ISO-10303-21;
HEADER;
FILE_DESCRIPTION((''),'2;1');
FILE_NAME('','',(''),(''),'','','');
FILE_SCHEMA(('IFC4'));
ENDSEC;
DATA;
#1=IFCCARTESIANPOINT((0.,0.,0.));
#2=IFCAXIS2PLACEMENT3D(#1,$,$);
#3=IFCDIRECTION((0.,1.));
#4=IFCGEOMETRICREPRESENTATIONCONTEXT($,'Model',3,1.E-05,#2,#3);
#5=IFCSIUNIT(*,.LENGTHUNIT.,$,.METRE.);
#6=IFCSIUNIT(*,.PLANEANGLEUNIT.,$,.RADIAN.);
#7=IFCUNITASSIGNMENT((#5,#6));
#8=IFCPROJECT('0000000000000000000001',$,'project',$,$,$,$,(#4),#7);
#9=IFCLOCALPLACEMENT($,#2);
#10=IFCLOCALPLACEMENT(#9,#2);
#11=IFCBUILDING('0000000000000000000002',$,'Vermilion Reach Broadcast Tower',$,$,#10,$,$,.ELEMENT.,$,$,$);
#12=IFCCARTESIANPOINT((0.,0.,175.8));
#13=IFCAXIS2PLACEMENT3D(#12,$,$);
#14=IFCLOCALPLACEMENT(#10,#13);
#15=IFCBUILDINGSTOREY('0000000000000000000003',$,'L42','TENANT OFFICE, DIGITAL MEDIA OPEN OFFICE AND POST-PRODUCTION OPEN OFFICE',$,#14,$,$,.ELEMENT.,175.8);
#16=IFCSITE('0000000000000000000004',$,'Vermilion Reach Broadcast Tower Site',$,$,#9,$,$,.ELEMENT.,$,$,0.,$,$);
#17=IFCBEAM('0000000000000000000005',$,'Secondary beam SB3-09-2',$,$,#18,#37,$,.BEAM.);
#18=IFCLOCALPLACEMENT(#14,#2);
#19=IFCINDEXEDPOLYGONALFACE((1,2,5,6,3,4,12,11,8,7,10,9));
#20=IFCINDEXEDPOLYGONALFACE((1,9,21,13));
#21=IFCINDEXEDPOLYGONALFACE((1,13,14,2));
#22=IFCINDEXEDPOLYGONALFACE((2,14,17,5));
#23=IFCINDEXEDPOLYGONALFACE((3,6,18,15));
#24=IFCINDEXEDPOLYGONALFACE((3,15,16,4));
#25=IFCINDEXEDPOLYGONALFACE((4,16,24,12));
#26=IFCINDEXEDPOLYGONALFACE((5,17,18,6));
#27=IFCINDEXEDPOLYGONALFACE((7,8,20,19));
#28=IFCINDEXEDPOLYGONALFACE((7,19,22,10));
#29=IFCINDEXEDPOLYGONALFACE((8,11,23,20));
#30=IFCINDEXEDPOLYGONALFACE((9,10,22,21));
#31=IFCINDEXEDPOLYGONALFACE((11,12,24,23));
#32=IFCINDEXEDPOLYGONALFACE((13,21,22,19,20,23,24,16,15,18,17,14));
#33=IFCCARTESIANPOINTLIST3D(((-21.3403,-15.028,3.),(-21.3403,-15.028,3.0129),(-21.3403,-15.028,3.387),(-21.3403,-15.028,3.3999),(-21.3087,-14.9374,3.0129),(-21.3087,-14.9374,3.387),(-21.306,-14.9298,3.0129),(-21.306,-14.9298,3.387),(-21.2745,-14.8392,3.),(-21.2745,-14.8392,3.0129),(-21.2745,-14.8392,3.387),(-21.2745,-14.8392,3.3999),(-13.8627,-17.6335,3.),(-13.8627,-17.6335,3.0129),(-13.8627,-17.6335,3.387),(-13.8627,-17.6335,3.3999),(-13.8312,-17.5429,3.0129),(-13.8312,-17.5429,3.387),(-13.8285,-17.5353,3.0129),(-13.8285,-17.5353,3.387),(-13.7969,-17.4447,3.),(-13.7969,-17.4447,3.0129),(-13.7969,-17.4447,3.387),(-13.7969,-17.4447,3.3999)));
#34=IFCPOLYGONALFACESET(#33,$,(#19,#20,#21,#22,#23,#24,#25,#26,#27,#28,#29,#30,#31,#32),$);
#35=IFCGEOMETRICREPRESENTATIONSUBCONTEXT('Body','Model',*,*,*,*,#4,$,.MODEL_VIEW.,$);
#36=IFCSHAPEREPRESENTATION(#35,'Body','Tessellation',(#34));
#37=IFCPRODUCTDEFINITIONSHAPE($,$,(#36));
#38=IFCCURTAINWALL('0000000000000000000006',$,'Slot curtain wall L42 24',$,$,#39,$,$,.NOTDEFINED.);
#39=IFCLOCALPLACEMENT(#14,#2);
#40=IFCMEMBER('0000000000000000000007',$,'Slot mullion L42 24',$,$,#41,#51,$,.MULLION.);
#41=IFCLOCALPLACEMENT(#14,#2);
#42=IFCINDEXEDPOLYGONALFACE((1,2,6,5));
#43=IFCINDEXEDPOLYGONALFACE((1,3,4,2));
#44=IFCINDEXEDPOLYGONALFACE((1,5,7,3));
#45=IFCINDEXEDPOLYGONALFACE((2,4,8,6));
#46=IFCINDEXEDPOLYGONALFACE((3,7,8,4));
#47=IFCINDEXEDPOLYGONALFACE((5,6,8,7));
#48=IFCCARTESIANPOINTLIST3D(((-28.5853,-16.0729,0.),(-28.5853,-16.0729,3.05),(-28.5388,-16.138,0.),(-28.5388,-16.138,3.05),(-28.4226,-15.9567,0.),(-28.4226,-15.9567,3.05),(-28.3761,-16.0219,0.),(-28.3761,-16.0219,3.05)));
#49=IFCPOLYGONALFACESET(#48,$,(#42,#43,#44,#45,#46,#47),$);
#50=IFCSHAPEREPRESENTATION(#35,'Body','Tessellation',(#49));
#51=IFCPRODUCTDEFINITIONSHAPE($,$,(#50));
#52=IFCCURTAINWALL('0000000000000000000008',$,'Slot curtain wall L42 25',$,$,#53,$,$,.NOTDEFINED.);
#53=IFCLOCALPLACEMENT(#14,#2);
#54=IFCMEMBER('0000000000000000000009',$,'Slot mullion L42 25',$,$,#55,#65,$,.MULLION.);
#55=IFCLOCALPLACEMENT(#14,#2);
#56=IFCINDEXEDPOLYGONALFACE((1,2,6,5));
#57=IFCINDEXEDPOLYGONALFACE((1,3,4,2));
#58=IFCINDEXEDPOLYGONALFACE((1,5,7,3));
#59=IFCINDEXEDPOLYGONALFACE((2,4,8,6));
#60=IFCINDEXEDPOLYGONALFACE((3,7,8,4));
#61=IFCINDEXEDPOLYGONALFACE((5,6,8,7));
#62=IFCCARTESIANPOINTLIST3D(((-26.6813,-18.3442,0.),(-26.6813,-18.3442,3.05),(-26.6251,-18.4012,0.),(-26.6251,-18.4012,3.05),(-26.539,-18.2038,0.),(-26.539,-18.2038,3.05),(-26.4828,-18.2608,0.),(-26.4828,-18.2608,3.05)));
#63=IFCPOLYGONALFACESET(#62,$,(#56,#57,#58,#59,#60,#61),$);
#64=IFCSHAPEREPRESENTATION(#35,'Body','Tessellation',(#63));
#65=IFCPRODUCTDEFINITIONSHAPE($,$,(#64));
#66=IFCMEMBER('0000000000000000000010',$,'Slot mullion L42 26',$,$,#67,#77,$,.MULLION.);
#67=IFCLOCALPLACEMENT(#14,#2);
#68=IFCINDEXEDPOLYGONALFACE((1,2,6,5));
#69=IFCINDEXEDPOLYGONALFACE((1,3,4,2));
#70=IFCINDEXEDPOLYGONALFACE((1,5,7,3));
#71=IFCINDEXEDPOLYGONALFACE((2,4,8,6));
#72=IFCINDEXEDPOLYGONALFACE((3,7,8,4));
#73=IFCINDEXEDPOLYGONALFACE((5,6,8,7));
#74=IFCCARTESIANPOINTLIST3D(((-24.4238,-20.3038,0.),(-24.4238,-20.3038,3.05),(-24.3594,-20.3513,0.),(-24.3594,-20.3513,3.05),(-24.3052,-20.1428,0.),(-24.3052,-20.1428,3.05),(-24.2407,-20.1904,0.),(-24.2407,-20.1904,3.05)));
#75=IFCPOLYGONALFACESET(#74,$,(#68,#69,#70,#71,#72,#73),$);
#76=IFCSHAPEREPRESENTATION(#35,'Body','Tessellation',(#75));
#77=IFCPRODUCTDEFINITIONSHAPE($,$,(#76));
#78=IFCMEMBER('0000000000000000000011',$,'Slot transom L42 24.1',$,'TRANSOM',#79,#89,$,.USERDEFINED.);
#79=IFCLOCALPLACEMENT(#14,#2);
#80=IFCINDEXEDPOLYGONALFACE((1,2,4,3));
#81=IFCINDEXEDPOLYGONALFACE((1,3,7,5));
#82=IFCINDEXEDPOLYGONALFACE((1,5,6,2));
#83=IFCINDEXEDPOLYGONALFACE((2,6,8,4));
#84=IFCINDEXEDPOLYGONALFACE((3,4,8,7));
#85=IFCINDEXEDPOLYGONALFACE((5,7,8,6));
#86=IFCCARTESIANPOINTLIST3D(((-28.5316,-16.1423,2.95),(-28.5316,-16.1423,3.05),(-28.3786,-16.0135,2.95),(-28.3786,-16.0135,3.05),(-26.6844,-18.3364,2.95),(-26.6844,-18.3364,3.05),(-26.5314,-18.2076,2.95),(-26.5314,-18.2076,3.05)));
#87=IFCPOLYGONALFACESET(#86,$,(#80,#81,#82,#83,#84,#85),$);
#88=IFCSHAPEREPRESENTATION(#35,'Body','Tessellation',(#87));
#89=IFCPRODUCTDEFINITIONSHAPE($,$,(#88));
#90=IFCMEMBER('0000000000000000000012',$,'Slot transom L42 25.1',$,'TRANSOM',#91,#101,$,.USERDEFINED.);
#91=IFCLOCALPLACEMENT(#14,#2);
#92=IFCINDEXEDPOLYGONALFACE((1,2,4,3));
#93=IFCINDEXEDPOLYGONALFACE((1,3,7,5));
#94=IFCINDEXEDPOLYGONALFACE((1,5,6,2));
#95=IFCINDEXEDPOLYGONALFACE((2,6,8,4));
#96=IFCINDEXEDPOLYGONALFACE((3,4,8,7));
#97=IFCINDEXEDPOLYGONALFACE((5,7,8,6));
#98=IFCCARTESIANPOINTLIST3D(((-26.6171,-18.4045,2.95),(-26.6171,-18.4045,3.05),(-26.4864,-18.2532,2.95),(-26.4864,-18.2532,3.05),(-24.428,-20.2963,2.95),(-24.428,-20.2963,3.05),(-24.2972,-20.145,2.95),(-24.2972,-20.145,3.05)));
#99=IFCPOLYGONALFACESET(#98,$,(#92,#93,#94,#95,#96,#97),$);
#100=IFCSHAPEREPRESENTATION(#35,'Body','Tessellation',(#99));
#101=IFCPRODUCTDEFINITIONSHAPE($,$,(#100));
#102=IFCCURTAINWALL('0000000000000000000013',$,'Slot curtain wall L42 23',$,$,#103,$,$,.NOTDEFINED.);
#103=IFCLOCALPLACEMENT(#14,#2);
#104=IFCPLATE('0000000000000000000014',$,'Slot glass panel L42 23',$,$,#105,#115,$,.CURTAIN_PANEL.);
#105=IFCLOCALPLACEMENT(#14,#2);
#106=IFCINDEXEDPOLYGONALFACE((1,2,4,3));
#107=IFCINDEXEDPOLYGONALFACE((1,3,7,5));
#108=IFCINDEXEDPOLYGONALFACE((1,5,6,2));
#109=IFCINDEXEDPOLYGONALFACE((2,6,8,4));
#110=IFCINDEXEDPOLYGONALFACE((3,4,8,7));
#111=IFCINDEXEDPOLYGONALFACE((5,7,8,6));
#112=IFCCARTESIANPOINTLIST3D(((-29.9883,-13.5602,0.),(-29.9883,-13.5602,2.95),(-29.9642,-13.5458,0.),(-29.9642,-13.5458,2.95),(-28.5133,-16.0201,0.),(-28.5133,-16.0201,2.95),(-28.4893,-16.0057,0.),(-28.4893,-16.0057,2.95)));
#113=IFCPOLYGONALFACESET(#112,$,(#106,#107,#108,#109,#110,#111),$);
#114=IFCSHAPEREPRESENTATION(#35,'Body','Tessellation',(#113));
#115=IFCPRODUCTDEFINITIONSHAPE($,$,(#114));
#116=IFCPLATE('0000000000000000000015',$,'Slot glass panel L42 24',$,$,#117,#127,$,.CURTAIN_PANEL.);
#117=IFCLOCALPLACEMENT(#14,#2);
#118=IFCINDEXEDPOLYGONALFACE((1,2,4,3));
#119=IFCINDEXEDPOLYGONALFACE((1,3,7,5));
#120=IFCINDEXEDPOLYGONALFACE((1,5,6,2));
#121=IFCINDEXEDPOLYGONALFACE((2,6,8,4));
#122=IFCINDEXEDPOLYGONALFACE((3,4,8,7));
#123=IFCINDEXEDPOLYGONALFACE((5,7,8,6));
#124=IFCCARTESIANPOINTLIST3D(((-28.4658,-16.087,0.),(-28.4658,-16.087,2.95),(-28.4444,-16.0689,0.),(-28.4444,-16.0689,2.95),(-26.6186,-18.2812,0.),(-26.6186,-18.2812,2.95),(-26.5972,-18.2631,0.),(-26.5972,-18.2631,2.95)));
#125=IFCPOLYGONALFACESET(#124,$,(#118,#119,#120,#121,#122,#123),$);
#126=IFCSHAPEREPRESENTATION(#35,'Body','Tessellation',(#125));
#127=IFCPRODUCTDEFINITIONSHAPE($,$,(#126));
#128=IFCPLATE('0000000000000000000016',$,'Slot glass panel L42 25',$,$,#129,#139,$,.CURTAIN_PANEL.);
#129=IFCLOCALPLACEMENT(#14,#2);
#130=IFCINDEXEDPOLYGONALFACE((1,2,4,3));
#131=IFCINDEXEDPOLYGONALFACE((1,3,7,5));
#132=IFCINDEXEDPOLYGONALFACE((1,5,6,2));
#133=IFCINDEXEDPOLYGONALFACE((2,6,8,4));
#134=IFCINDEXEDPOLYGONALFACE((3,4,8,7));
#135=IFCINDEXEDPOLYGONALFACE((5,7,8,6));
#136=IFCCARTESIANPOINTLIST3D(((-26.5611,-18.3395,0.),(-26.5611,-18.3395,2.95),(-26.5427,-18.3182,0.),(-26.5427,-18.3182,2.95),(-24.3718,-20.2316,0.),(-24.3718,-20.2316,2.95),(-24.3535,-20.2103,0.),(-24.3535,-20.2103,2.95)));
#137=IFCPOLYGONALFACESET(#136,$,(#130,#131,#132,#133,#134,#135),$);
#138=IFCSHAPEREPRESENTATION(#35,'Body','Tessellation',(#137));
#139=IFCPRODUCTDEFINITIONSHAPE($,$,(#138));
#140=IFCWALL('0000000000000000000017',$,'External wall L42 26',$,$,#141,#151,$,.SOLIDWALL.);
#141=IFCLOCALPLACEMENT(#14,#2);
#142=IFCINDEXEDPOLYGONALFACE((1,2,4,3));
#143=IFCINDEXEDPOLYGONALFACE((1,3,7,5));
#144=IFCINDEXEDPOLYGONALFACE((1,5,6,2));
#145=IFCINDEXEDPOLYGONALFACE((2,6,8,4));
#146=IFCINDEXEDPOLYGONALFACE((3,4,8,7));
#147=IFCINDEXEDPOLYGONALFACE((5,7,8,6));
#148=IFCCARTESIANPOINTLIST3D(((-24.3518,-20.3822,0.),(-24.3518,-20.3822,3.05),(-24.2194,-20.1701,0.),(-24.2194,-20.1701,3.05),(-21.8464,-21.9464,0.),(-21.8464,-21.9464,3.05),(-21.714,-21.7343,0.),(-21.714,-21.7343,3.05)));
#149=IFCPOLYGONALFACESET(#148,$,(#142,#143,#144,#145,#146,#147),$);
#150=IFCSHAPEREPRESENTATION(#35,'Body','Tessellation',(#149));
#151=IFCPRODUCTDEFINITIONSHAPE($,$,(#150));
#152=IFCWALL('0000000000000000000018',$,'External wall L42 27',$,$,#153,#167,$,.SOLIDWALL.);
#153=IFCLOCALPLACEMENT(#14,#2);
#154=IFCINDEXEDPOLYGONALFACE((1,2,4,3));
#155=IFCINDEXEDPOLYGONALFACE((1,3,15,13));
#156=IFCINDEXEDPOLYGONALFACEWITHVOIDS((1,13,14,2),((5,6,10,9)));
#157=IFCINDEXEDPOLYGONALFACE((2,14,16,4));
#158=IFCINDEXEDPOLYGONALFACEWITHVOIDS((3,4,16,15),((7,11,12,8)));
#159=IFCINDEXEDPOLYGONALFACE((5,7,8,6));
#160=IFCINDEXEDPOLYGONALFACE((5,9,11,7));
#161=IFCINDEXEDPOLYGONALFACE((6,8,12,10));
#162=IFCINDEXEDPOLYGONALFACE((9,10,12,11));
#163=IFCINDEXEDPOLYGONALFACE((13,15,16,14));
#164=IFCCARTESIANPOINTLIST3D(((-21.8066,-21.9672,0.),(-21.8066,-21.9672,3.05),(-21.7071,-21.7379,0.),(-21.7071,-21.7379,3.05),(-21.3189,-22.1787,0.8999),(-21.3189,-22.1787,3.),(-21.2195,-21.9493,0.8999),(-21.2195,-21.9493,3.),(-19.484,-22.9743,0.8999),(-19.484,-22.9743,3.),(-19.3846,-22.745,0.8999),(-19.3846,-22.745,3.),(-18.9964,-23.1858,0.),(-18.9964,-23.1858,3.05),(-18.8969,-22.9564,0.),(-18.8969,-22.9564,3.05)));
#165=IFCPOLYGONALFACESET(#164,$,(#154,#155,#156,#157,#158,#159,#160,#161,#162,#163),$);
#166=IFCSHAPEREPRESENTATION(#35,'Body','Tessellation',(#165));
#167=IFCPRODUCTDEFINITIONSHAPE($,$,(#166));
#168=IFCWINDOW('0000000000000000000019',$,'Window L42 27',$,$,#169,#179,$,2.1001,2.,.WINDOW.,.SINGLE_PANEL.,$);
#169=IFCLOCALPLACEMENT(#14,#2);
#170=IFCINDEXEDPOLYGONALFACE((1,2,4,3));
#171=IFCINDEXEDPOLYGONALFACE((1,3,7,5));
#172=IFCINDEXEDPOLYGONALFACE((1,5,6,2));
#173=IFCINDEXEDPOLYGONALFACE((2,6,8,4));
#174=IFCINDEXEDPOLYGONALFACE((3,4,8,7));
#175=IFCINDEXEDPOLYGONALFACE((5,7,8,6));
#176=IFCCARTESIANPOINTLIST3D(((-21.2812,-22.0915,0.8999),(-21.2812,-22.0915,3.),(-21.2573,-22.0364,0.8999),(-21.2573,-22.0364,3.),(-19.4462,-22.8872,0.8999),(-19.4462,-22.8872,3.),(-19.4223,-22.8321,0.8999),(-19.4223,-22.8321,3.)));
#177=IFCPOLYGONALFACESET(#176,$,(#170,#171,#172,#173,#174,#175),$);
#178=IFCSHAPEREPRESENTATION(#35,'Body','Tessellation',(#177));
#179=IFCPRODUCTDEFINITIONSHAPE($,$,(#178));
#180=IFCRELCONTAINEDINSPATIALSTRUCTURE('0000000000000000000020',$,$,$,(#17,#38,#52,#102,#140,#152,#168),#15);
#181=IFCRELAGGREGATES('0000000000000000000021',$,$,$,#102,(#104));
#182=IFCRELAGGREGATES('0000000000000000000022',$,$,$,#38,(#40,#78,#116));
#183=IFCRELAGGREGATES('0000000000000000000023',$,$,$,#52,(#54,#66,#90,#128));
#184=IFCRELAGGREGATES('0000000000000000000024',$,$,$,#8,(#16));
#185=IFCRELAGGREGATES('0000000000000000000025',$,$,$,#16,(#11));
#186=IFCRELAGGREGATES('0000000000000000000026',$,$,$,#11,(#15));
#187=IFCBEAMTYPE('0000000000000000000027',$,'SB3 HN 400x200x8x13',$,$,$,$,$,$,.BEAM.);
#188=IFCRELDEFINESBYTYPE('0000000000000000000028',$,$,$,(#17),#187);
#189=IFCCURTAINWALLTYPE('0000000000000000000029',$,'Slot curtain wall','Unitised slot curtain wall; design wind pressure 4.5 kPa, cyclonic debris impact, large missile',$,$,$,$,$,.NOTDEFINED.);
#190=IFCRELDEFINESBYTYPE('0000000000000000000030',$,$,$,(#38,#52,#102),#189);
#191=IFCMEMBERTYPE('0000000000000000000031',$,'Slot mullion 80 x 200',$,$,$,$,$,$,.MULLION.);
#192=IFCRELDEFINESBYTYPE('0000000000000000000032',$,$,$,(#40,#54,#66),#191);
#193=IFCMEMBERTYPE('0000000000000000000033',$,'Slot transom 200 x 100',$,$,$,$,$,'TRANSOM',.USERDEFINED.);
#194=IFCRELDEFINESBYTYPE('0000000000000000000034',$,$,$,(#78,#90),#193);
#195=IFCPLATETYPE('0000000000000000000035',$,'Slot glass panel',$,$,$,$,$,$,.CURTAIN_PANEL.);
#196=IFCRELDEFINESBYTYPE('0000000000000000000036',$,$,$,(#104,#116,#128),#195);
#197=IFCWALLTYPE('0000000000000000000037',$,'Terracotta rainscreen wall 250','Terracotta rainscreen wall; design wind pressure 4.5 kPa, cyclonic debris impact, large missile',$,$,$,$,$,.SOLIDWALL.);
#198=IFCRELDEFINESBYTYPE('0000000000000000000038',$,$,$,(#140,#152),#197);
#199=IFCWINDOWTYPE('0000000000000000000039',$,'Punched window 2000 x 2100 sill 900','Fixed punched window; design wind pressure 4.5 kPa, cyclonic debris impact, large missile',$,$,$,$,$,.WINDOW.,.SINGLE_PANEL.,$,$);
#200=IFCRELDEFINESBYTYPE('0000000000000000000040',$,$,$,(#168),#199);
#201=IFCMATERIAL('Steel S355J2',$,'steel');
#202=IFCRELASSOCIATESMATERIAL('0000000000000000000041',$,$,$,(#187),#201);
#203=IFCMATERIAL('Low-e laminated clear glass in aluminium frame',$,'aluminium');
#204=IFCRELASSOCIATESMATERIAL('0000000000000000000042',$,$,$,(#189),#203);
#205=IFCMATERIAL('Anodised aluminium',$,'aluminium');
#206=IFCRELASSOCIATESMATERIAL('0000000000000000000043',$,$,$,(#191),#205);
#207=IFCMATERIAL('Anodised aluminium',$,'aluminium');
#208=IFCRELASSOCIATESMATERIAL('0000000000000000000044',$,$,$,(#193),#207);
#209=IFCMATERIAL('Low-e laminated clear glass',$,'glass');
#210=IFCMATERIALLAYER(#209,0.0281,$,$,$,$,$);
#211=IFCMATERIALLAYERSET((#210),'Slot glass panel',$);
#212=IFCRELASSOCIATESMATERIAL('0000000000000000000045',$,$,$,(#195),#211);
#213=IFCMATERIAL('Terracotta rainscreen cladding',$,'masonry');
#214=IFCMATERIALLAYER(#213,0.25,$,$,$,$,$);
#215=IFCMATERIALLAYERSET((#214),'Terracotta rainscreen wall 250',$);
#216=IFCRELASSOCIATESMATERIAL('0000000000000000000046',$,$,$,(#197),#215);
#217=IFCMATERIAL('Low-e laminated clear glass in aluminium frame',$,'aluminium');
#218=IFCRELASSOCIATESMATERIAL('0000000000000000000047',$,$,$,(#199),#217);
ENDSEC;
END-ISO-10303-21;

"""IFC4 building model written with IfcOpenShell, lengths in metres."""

from ifc_helpers import new_model, si_unit, direction, frame, frame_2d, origin, origin_2d, place, context, subcontext, project, spatial, rectangle, i_section, extrude, material, layer, layer_set, material_profile, profile_set, type_object, element, fill, aggregate, save


model = new_model("IFC4")

# Units and contexts
model_context = context("Model", 3, precision=1e-05, world=origin(), true_north=direction((0.0, 1.0)))
body_context = subcontext(model_context, "Body", "Model", "MODEL_VIEW")
ifc_project = project(units=[si_unit("LENGTHUNIT", "METRE"), si_unit("PLANEANGLEUNIT", "RADIAN")], contexts=[model_context])

# Site, building, storey
site_placement = place(None, origin())
site = spatial("IfcSite", under=ifc_project, at=site_placement, Name="Vermilion Reach Broadcast Tower Site", CompositionType="ELEMENT", RefElevation=0.0)
building_placement = place(site_placement, origin())
building = spatial("IfcBuilding", under=site, at=building_placement, Name="Vermilion Reach Broadcast Tower", CompositionType="ELEMENT")
storey_placement = place(building_placement, frame((0.0, 0.0, 175.8)))
storey = spatial("IfcBuildingStorey", under=building, at=storey_placement, Name="L42", Description="TENANT OFFICE, DIGITAL MEDIA OPEN OFFICE AND POST-PRODUCTION OPEN OFFICE", CompositionType="ELEMENT", Elevation=175.8)

# Beam
ifc_material_1 = material(Name="Steel S355J2", Category="steel")
ifc_material_profile_1 = material_profile(ifc_material_1, i_section(OverallWidth=0.2, OverallDepth=0.3999, WebThickness=0.0081, FlangeThickness=0.0129, at=origin_2d()), Name="S355J2 HN 400x200x8x13")
ifc_profile_set_1 = profile_set([ifc_material_profile_1], Name="Steel S355J2")
beam_type_1 = type_object("IfcBeamType", Name="SB3 HN 400x200x8x13", PredefinedType="BEAM", material=ifc_profile_set_1)
beam_1_placement = place(storey_placement, frame((-21.3074, -14.9336, 3.2), z_axis=(0.944317, -0.329037, 0.0), x_axis=(0.329037, 0.944317, 0.0)))
element("IfcBeam", 1, at=beam_1_placement, inside=storey, type_object=beam_type_1, Name="Secondary beam SB3-09-2", PredefinedType="BEAM", context=body_context, shape_type="SweptSolid", body=[
    extrude(i_section(OverallWidth=0.2, OverallDepth=0.3999, WebThickness=0.0081, FlangeThickness=0.0129, at=origin_2d()), origin(), (0.0, 0.0, 1.0), 7.9185),
])

# Curtain wall, member
ifc_material_2 = material(Name="Low-e laminated clear glass in aluminium frame", Category="aluminium")
curtain_wall_type = type_object("IfcCurtainWallType", Name="Slot curtain wall", Description="Unitised slot curtain wall; design wind pressure 4.5 kPa, cyclonic debris impact, large missile", PredefinedType="NOTDEFINED", material=ifc_material_2)
placement = place(storey_placement, origin())
curtain_wall_1 = element("IfcCurtainWall", 2, at=placement, inside=storey, type_object=curtain_wall_type, Name="Slot curtain wall L42 24", PredefinedType="NOTDEFINED")
ifc_material_3 = material(Name="Anodised aluminium", Category="aluminium")
ifc_material_profile_2 = material_profile(ifc_material_3, rectangle(XDim=0.2, YDim=0.0801, at=origin_2d()), Name="Slot mullion 80 x 200")
ifc_profile_set_2 = profile_set([ifc_material_profile_2], Name="Anodised aluminium")
member_type_1 = type_object("IfcMemberType", Name="Slot mullion 80 x 200", PredefinedType="MULLION", material=ifc_profile_set_2)
member_1_placement = place(storey_placement, frame((-28.4807, -16.0474, 0.0), z_axis=(0.0, 0.0, 1.0), x_axis=(0.813913, 0.580987, 0.0)))
member_1 = element("IfcMember", 3, at=member_1_placement, type_object=member_type_1, Name="Slot mullion L42 24", PredefinedType="MULLION", context=body_context, shape_type="SweptSolid", body=[
    extrude(rectangle(XDim=0.2, YDim=0.0801, at=origin_2d()), origin(), (0.0, 0.0, 1.0), 3.05),
])

# Curtain wall, members
curtain_wall_2 = element("IfcCurtainWall", 4, at=placement, inside=storey, type_object=curtain_wall_type, Name="Slot curtain wall L42 25", PredefinedType="NOTDEFINED")
member_2_placement = place(storey_placement, frame((-26.582, -18.3025, 0.0), z_axis=(0.0, 0.0, 1.0), x_axis=(0.711672, 0.702512, 0.0)))
member_2 = element("IfcMember", 5, at=member_2_placement, type_object=member_type_1, Name="Slot mullion L42 25", PredefinedType="MULLION", context=body_context, shape_type="SweptSolid", body=[
    extrude(rectangle(XDim=0.2, YDim=0.0801, at=origin_2d()), origin(), (0.0, 0.0, 1.0), 3.05),
])
member_3_placement = place(storey_placement, frame((-24.3323, -20.2471, 0.0), z_axis=(0.0, 0.0, 1.0), x_axis=(0.593511, 0.804826, 0.0)))
member_3 = element("IfcMember", 6, at=member_3_placement, type_object=member_type_1, Name="Slot mullion L42 26", PredefinedType="MULLION", context=body_context, shape_type="SweptSolid", body=[
    extrude(rectangle(XDim=0.2, YDim=0.0801, at=origin_2d()), origin(), (0.0, 0.0, 1.0), 3.05),
])

# Members
ifc_material_4 = material(Name="Anodised aluminium", Category="aluminium")
ifc_material_profile_3 = material_profile(ifc_material_4, rectangle(XDim=0.2, YDim=0.1001, at=origin_2d()), Name="Slot transom 200 x 100")
ifc_profile_set_3 = profile_set([ifc_material_profile_3], Name="Anodised aluminium")
member_type_2 = type_object("IfcMemberType", Name="Slot transom 200 x 100", ElementType="TRANSOM", PredefinedType="USERDEFINED", material=ifc_profile_set_3)
member_4_placement = place(storey_placement, frame((-28.4551, -16.0779, 3.0), z_axis=(0.644036, -0.764995, 0.0), x_axis=(0.764995, 0.644036, 0.0)))
member_4 = element("IfcMember", 7, at=member_4_placement, type_object=member_type_2, Name="Slot transom L42 24.1", ObjectType="TRANSOM", PredefinedType="USERDEFINED", context=body_context, shape_type="SweptSolid", body=[
    extrude(rectangle(XDim=0.2, YDim=0.1001, at=origin_2d()), origin(), (0.0, 0.0, 1.0), 2.8682),
])
member_5_placement = place(storey_placement, frame((-26.5518, -18.3289, 3.0), z_axis=(0.756624, -0.653851, 0.0), x_axis=(0.653851, 0.756624, 0.0)))
member_5 = element("IfcMember", 8, at=member_5_placement, type_object=member_type_2, Name="Slot transom L42 25.1", ObjectType="TRANSOM", PredefinedType="USERDEFINED", context=body_context, shape_type="SweptSolid", body=[
    extrude(rectangle(XDim=0.2, YDim=0.1001, at=origin_2d()), origin(), (0.0, 0.0, 1.0), 2.8933),
])

# Curtain wall, plate
curtain_wall_3 = element("IfcCurtainWall", 9, at=placement, inside=storey, type_object=curtain_wall_type, Name="Slot curtain wall L42 23", PredefinedType="NOTDEFINED")
ifc_material_5 = material(Name="Low-e laminated clear glass", Category="glass")
ifc_layer_1 = layer(ifc_material_5, 0.0281)
ifc_layer_set_1 = layer_set([ifc_layer_1], Name="Slot glass panel")
plate_type = type_object("IfcPlateType", Name="Slot glass panel", PredefinedType="CURTAIN_PANEL", material=ifc_layer_set_1)
plate_1_placement = place(storey_placement, frame((-29.2388, -14.783, 0.0), z_axis=(0.0, 0.0, 1.0), x_axis=(0.514241, -0.857645, 0.0)))
plate_1 = element("IfcPlate", 10, at=plate_1_placement, type_object=plate_type, Name="Slot glass panel L42 23", PredefinedType="CURTAIN_PANEL", context=body_context, shape_type="SweptSolid", body=[
    extrude(rectangle(XDim=2.8682, YDim=0.0281, at=origin_2d()), origin(), (0.0, 0.0, 1.0), 2.95),
])
aggregate(curtain_wall_3, [plate_1])

# Plates
plate_2_placement = place(storey_placement, frame((-27.5315, -17.175, 0.0), z_axis=(0.0, 0.0, 1.0), x_axis=(0.644033, -0.764998, 0.0)))
plate_2 = element("IfcPlate", 11, at=plate_2_placement, type_object=plate_type, Name="Slot glass panel L42 24", PredefinedType="CURTAIN_PANEL", context=body_context, shape_type="SweptSolid", body=[
    extrude(rectangle(XDim=2.8682, YDim=0.0281, at=origin_2d()), origin(), (0.0, 0.0, 1.0), 2.95),
])
aggregate(curtain_wall_1, [member_1, member_4, plate_2])
plate_3_placement = place(storey_placement, frame((-25.4573, -19.2749, 0.0), z_axis=(0.0, 0.0, 1.0), x_axis=(0.756591, -0.653889, 0.0)))
plate_3 = element("IfcPlate", 12, at=plate_3_placement, type_object=plate_type, Name="Slot glass panel L42 25", PredefinedType="CURTAIN_PANEL", context=body_context, shape_type="SweptSolid", body=[
    extrude(rectangle(XDim=2.8936, YDim=0.0281, at=origin_2d()), origin(), (0.0, 0.0, 1.0), 2.95),
])
aggregate(curtain_wall_2, [member_2, member_3, member_5, plate_3])

# Wall
ifc_material_6 = material(Name="Terracotta rainscreen cladding", Category="masonry")
ifc_layer_2 = layer(ifc_material_6, 0.25)
ifc_layer_set_2 = layer_set([ifc_layer_2], Name="Terracotta rainscreen wall 250")
wall_type = type_object("IfcWallType", Name="Terracotta rainscreen wall 250", Description="Terracotta rainscreen wall; design wind pressure 4.5 kPa, cyclonic debris impact, large missile", PredefinedType="SOLIDWALL", material=ifc_layer_set_2)
wall_1_placement = place(storey_placement, frame((-24.2856, -20.2761, 0.0), z_axis=(0.0, 0.0, 1.0), x_axis=(0.848249, -0.529598, 0.0)))
element("IfcWall", 13, at=wall_1_placement, inside=storey, type_object=wall_type, Name="External wall L42 26", PredefinedType="SOLIDWALL", context=body_context, shape_type="SweptSolid", body=[
    extrude(rectangle(XDim=2.9536, YDim=0.25, at=frame_2d((1.4768, 0.0))), origin(), (0.0, 0.0, 1.0), 3.05),
])

# Wall, opening, window
wall_2_placement = place(storey_placement, frame((-21.7568, -21.8525, 0.0), z_axis=(0.0, 0.0, 1.0), x_axis=(0.917459, -0.397831, 0.0)))
wall_2 = element("IfcWall", 14, at=wall_2_placement, inside=storey, type_object=wall_type, Name="External wall L42 27", PredefinedType="SOLIDWALL", context=body_context, shape_type="SweptSolid", body=[
    extrude(rectangle(XDim=3.063, YDim=0.25, at=frame_2d((1.5315, 0.0))), origin(), (0.0, 0.0, 1.0), 3.05),
])
opening_placement = place(wall_2_placement, frame((0.5315, 0.0, 0.8999)))
opening = element("IfcOpeningElement", 15, at=opening_placement, cuts=wall_2, PredefinedType="OPENING", context=body_context, shape_type="SweptSolid", body=[
    extrude(rectangle(XDim=2.0, YDim=2.1001, at=frame_2d((1.0, 1.05))), frame((0.0, 0.135, 0.0), z_axis=(0.0, -1.0, 0.0), x_axis=(1.0, 0.0, 0.0)), (0.0, 0.0, 1.0), 0.27),
])
ifc_material_7 = material(Name="Low-e laminated clear glass in aluminium frame", Category="aluminium")
window_type = type_object("IfcWindowType", Name="Punched window 2000 x 2100 sill 900", Description="Fixed punched window; design wind pressure 4.5 kPa, cyclonic debris impact, large missile", PartitioningType="SINGLE_PANEL", PredefinedType="WINDOW", material=ifc_material_7)
window_placement = place(opening_placement, origin())
window = element("IfcWindow", 16, at=window_placement, inside=storey, type_object=window_type, Name="Window L42 27", OverallHeight=2.1001, OverallWidth=2.0, PartitioningType="SINGLE_PANEL", PredefinedType="WINDOW", context=body_context, shape_type="SweptSolid", body=[
    extrude(rectangle(XDim=2.0, YDim=2.1001, at=frame_2d((1.0, 1.05))), frame((0.0, 0.03, 0.0), z_axis=(0.0, -1.0, 0.0), x_axis=(1.0, 0.0, 0.0)), (0.0, 0.0, 1.0), 0.0601),
])
fill(opening, window)

save(model, "model.ifc")
